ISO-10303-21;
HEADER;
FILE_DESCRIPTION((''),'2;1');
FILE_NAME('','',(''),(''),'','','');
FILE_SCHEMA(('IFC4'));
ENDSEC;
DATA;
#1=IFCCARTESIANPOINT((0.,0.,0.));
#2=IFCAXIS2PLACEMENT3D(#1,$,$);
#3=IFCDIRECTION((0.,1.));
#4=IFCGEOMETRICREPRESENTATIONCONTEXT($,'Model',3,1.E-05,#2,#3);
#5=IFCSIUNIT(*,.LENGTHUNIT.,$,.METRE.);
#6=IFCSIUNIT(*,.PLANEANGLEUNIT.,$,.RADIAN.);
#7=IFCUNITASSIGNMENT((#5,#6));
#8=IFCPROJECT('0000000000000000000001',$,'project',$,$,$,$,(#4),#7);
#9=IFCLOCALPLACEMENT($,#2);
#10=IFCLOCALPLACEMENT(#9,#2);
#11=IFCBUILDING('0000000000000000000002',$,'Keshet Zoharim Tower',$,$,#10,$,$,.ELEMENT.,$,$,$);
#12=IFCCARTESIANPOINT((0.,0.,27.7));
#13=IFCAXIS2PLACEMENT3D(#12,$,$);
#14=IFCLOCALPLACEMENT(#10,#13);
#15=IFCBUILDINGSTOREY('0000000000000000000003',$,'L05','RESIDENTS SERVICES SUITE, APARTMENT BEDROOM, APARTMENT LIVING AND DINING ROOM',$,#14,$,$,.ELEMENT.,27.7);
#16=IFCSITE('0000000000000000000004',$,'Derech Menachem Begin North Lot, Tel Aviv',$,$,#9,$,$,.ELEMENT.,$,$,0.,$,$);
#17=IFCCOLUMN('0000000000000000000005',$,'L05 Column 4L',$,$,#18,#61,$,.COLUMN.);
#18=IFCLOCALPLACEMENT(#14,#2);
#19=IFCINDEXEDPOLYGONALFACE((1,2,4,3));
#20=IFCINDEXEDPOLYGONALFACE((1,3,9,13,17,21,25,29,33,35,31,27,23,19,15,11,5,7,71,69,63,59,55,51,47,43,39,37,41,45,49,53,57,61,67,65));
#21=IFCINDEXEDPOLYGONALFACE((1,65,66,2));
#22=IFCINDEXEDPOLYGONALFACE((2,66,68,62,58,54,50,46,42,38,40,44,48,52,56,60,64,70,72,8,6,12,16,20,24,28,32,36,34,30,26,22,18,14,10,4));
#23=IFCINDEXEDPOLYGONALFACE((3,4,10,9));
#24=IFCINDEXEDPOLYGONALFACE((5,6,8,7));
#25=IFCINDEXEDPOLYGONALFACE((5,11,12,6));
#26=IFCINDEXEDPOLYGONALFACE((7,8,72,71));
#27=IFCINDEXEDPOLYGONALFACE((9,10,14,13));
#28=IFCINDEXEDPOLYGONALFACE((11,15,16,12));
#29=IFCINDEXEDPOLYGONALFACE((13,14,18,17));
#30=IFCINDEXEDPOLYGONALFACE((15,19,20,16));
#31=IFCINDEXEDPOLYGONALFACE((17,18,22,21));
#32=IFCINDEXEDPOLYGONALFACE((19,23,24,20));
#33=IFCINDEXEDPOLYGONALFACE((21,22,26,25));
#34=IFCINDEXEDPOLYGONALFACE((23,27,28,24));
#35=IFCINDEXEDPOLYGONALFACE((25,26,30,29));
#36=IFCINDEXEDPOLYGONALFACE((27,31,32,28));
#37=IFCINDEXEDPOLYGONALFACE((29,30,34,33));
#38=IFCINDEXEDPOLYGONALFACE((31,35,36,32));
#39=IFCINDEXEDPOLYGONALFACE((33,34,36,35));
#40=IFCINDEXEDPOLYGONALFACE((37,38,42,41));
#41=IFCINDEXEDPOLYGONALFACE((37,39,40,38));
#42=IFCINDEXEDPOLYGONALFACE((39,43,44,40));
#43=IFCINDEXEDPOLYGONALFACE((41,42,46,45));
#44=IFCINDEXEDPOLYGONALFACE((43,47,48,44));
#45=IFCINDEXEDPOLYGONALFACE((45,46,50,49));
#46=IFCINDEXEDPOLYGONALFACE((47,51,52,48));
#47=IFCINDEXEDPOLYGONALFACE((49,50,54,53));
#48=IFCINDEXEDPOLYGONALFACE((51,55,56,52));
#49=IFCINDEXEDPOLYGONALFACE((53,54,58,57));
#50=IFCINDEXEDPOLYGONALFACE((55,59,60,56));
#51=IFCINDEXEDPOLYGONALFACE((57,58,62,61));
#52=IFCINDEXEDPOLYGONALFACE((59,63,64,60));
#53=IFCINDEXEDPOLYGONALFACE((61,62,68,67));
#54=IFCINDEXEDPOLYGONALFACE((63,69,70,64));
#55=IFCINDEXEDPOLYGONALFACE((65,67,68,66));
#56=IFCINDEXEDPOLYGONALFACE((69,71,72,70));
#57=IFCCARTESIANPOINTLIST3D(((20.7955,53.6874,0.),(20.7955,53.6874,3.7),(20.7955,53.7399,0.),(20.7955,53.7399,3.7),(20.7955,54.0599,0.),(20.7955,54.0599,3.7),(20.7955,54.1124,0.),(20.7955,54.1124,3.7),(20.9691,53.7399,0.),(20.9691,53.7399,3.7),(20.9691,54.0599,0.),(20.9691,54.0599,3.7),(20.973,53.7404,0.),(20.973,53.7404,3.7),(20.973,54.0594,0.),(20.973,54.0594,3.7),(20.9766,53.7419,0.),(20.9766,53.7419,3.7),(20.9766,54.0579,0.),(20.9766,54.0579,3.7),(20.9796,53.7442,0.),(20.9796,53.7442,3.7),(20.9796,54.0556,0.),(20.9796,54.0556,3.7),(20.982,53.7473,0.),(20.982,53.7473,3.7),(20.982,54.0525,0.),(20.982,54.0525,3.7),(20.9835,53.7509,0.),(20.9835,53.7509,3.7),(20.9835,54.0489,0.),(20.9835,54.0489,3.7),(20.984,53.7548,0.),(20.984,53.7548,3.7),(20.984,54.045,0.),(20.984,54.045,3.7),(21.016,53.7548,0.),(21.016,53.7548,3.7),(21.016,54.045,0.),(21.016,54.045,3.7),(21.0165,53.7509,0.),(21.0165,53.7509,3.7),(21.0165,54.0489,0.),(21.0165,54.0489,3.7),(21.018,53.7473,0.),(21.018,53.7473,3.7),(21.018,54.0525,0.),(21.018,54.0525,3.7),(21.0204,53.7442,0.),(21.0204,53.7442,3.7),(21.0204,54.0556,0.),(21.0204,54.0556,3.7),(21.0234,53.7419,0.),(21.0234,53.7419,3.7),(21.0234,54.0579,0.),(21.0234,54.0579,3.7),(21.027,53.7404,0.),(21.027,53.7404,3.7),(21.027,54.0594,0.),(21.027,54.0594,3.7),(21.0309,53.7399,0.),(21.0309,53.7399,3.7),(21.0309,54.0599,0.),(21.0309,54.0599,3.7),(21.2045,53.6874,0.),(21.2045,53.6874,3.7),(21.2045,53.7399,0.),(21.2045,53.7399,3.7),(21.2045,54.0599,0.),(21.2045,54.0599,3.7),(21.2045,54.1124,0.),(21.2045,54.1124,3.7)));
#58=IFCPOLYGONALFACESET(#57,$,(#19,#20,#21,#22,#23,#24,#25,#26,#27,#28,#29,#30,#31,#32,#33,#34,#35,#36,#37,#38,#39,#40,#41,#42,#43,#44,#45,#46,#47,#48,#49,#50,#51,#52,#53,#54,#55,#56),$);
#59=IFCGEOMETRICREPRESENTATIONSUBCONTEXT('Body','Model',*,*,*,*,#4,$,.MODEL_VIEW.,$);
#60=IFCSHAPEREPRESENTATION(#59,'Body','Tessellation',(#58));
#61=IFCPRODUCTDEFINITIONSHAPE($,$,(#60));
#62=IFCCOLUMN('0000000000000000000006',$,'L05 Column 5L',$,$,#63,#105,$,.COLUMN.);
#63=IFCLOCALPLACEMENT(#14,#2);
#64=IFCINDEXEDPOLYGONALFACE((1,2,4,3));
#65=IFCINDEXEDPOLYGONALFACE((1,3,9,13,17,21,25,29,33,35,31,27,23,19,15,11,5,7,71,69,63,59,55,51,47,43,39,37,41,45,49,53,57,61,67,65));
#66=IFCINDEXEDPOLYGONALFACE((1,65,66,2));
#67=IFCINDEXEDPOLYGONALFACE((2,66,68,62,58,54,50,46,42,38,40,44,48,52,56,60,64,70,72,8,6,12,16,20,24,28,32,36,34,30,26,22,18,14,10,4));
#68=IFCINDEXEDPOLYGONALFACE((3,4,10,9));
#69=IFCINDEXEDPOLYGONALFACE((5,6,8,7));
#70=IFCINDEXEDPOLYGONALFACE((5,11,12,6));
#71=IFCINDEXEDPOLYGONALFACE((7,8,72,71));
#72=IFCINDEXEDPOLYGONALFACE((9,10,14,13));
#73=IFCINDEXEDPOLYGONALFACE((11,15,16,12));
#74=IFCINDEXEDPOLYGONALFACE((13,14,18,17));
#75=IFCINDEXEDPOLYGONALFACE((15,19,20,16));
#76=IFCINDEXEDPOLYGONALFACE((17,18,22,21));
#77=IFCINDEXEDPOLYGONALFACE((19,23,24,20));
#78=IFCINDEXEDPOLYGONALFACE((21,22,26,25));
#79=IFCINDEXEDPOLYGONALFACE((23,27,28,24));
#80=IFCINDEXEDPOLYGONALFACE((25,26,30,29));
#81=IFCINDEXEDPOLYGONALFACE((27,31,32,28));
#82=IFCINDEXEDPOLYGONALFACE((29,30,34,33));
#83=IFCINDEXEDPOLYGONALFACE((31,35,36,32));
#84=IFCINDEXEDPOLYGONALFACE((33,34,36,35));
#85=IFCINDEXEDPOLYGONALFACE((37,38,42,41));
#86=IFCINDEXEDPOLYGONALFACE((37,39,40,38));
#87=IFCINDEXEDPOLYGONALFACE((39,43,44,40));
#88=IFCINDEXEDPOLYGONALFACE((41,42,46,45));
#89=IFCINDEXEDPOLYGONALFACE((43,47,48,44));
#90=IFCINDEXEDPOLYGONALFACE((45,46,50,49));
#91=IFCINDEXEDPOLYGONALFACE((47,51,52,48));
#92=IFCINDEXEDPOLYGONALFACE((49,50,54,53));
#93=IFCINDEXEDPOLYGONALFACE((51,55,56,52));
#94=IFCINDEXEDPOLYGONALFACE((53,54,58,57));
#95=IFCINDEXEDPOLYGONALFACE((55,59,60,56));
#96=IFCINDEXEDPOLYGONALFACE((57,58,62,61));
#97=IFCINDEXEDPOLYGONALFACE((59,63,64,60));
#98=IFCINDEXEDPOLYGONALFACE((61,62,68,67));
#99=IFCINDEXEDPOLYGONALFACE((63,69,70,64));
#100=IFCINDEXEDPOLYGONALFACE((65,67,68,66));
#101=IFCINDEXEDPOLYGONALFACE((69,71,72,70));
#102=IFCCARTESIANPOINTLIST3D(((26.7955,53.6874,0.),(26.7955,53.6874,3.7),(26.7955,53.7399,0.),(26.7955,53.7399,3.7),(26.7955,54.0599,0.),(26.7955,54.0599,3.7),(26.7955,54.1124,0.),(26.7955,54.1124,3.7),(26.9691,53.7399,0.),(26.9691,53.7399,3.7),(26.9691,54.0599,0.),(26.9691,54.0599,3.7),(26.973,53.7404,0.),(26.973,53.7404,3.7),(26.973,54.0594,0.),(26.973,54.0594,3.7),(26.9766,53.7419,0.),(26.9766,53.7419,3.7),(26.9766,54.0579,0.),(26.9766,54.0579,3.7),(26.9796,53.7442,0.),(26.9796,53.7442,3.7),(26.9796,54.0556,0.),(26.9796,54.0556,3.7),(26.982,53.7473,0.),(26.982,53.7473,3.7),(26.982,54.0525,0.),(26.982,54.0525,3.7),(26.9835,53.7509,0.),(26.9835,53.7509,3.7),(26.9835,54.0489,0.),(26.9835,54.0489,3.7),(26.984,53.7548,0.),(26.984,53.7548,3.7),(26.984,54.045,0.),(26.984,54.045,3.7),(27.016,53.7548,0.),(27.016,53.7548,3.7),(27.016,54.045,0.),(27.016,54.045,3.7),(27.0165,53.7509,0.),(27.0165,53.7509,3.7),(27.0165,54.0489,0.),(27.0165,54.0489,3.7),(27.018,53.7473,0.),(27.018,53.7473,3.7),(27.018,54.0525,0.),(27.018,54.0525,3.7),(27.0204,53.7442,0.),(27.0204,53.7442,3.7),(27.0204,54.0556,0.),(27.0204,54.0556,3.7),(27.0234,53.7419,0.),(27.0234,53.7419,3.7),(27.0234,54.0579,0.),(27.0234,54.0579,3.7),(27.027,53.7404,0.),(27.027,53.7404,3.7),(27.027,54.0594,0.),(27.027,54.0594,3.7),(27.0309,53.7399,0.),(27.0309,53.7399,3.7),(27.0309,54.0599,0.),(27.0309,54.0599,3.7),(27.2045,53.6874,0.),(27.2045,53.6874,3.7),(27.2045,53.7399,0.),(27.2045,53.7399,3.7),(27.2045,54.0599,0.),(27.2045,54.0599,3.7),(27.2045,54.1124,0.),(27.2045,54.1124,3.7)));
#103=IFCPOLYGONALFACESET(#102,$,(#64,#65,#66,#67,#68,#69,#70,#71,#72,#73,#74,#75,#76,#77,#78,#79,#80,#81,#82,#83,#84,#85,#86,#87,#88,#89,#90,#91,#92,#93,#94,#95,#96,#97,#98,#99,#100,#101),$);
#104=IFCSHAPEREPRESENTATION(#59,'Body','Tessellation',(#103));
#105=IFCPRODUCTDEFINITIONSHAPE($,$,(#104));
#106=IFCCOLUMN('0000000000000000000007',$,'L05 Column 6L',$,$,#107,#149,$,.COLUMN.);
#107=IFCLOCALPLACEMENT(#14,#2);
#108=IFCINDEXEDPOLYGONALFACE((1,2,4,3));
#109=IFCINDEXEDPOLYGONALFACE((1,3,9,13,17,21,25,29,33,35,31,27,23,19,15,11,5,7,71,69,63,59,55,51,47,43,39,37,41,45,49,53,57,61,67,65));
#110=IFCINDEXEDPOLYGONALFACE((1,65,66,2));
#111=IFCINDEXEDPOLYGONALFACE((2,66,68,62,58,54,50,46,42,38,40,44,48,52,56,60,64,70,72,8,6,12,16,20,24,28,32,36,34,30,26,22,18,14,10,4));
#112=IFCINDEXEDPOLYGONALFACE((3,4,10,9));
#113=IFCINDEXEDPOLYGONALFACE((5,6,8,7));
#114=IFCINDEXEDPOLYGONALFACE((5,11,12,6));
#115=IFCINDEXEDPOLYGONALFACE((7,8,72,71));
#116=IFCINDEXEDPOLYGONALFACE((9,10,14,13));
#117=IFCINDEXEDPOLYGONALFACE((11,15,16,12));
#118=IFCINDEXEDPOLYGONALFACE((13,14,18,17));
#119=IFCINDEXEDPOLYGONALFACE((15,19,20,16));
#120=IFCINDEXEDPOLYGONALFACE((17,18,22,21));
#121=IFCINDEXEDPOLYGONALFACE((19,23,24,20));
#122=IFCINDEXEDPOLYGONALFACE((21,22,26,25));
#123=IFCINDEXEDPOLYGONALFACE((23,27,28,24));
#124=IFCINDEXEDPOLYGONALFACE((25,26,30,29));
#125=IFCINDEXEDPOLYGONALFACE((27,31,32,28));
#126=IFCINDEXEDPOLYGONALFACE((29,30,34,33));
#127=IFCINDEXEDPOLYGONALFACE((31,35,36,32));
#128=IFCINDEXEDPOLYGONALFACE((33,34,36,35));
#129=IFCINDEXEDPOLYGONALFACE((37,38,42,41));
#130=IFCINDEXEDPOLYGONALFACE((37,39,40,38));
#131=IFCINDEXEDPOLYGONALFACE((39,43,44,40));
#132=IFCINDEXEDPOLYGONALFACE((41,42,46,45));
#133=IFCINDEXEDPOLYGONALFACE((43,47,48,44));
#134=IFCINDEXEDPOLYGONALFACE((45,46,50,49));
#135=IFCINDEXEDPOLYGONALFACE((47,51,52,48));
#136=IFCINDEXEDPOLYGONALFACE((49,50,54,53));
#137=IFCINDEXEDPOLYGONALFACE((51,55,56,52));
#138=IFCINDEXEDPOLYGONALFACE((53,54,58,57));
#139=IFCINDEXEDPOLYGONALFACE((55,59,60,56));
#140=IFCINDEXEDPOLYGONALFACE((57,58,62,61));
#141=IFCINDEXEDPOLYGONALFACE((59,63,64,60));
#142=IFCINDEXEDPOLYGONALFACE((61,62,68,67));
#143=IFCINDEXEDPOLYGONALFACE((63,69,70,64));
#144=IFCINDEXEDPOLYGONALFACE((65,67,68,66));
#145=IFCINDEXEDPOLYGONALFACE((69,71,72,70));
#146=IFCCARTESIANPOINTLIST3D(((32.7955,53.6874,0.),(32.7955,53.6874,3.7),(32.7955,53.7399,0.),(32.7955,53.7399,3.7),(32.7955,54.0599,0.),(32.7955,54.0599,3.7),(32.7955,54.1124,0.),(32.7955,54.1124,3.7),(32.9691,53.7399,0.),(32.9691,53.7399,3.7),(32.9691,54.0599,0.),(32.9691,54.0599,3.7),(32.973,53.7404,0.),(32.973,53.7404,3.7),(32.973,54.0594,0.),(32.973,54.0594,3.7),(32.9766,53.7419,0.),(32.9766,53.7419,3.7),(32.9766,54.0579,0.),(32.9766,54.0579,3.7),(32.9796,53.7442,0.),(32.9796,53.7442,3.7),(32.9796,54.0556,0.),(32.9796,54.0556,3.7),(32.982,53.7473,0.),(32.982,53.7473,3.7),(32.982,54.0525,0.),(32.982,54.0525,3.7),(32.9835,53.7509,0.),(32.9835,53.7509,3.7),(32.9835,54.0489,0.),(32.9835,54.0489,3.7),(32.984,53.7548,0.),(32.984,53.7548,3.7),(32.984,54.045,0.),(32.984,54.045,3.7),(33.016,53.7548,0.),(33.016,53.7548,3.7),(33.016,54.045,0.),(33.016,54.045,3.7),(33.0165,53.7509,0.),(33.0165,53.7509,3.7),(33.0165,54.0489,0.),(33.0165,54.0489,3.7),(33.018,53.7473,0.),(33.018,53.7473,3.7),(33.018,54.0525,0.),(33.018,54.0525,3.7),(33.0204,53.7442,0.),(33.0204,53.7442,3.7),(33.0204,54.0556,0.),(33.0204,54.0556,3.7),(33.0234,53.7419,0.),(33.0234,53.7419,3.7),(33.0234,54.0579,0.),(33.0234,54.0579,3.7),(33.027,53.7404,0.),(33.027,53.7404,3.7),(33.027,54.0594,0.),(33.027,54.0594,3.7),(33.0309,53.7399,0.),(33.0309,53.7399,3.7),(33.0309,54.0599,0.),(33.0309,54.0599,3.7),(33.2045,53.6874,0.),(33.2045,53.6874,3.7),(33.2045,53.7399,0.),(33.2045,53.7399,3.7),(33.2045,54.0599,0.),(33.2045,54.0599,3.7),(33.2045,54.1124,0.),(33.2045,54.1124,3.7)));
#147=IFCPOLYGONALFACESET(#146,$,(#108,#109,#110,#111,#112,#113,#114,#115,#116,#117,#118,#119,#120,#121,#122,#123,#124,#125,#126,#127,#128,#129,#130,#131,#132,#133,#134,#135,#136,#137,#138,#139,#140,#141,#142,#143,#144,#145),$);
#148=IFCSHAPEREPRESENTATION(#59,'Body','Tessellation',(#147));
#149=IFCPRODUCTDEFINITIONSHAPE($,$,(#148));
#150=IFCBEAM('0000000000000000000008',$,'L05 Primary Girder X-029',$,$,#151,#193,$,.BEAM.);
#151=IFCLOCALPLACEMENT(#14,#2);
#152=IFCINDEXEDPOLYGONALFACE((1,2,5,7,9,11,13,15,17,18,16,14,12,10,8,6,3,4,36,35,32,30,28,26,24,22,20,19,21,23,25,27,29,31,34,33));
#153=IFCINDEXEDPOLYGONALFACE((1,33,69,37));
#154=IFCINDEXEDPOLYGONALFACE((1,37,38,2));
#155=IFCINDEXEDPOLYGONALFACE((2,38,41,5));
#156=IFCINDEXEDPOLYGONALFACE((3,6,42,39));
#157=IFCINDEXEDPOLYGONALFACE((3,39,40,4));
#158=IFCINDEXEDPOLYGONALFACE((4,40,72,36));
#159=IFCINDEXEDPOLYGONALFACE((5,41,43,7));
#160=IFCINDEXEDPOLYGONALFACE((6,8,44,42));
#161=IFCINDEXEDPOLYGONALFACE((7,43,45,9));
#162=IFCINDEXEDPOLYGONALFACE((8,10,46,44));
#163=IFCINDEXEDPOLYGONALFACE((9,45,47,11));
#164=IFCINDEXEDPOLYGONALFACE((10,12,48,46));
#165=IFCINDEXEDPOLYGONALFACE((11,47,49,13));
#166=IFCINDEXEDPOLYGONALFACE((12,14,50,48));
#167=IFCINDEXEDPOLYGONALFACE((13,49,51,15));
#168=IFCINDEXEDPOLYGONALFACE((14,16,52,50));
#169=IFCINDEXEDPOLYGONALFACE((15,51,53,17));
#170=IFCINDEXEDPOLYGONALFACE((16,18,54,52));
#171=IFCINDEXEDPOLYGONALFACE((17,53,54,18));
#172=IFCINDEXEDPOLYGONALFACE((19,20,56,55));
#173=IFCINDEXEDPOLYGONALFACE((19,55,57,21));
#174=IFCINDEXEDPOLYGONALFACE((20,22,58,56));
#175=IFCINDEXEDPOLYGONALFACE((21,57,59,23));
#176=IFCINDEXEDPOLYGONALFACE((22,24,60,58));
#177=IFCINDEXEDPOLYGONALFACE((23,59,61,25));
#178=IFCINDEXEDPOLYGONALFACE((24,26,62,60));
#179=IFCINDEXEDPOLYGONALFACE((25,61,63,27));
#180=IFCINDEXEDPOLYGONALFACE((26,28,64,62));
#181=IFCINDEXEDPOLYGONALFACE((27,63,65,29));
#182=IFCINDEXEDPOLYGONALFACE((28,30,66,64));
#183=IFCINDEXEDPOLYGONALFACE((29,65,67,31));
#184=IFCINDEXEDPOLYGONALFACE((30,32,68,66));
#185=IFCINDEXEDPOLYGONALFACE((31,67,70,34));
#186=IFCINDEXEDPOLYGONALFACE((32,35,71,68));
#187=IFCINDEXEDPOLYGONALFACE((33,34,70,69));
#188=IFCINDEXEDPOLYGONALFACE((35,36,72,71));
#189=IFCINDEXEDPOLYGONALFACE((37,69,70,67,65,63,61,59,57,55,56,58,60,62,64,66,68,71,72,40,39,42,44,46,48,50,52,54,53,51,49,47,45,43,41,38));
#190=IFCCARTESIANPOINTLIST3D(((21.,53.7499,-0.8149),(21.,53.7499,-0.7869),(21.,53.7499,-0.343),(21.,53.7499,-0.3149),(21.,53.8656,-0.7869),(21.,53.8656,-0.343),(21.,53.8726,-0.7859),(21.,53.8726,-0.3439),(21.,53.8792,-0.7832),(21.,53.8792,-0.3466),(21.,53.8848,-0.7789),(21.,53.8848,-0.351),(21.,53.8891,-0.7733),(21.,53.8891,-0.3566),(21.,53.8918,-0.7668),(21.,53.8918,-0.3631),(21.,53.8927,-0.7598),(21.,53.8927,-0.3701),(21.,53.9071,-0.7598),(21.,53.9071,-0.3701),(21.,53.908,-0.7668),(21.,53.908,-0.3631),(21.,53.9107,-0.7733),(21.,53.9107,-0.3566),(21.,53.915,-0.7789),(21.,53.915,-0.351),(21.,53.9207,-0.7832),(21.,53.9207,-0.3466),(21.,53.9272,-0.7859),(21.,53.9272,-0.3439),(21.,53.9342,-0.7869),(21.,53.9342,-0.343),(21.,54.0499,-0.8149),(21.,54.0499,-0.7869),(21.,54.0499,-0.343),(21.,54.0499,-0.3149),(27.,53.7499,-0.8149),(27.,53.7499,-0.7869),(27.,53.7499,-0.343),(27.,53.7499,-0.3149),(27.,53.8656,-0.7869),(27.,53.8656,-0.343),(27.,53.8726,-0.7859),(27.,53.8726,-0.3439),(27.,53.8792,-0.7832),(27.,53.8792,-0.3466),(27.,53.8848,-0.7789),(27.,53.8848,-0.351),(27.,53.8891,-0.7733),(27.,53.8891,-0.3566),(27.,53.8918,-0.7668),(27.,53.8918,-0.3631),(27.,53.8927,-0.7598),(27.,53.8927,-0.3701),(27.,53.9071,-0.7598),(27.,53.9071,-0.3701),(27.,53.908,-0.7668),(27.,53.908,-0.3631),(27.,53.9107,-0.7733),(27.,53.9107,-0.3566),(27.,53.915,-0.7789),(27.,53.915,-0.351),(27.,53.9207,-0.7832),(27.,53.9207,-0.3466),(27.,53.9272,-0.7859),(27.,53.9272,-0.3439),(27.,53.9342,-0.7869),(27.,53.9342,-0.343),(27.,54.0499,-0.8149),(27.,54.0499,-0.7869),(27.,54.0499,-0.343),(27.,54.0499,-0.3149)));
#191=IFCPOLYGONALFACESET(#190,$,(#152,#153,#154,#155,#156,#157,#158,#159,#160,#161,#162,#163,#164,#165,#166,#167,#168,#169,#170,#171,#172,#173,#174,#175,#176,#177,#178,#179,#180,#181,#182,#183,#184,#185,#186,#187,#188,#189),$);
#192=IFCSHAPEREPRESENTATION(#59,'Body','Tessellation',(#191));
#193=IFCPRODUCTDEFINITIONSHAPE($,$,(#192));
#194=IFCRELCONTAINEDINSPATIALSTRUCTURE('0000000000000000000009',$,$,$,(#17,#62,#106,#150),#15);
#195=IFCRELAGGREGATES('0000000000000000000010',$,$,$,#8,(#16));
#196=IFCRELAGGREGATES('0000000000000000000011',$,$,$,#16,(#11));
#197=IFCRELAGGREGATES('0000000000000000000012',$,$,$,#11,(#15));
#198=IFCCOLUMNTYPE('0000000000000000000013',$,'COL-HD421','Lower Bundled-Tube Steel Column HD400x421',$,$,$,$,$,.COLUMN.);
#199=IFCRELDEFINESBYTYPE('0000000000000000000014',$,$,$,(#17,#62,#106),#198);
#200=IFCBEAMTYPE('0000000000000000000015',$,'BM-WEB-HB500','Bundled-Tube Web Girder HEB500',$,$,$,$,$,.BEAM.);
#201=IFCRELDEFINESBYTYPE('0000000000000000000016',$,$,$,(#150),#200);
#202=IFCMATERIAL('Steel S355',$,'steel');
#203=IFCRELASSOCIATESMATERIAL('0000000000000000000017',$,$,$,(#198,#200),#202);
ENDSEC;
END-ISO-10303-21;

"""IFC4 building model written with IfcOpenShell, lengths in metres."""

from ifc_helpers import new_model, si_unit, direction, frame, origin, origin_2d, place, context, subcontext, project, spatial, i_section, extrude, material, material_profile, profile_set, type_object, element, save


model = new_model("IFC4")

# Units and contexts
model_context = context("Model", 3, precision=1e-05, world=origin(), true_north=direction((0.0, 1.0)))
body_context = subcontext(model_context, "Body", "Model", "MODEL_VIEW")
ifc_project = project(units=[si_unit("LENGTHUNIT", "METRE"), si_unit("PLANEANGLEUNIT", "RADIAN")], contexts=[model_context])

# Site, building, storey
site_placement = place(None, origin())
site = spatial("IfcSite", under=ifc_project, at=site_placement, Name="Derech Menachem Begin North Lot, Tel Aviv", CompositionType="ELEMENT", RefElevation=0.0)
building_placement = place(site_placement, origin())
building = spatial("IfcBuilding", under=site, at=building_placement, Name="Keshet Zoharim Tower", CompositionType="ELEMENT")
storey_placement = place(building_placement, frame((0.0, 0.0, 27.7)))
storey = spatial("IfcBuildingStorey", under=building, at=storey_placement, Name="L05", Description="RESIDENTS SERVICES SUITE, APARTMENT BEDROOM, APARTMENT LIVING AND DINING ROOM", CompositionType="ELEMENT", Elevation=27.7)

# Columns
ifc_material_1 = material(Name="Steel S355", Category="steel")
ifc_material_profile_1 = material_profile(ifc_material_1, i_section(OverallWidth=0.4089, OverallDepth=0.425, WebThickness=0.032, FlangeThickness=0.0525, FilletRadius=0.0149, at=origin_2d()), Name="HD400x421")
ifc_profile_set_1 = profile_set([ifc_material_profile_1], Name="Steel S355")
column_type = type_object("IfcColumnType", Name="COL-HD421", Description="Lower Bundled-Tube Steel Column HD400x421", PredefinedType="COLUMN", material=ifc_profile_set_1)
for number, where, z_axis, x_axis, name in (
    (1, (21.0, 53.8999, 0.0), (0.0, 0.0, 1.0), (1.0, 0.0, 0.0), "L05 Column 4L"),
    (2, (27.0, 53.8999, 0.0), (0.0, 0.0, 1.0), (1.0, 0.0, 0.0), "L05 Column 5L"),
    (3, (33.0, 53.8999, 0.0), (0.0, 0.0, 1.0), (1.0, 0.0, 0.0), "L05 Column 6L"),
):
    element("IfcColumn", number, at=place(storey_placement, frame(where, z_axis=z_axis, x_axis=x_axis)), inside=storey, type_object=column_type, Name=name, PredefinedType="COLUMN", context=body_context, shape_type="SweptSolid", body=[
        extrude(i_section(OverallWidth=0.4089, OverallDepth=0.425, WebThickness=0.032, FlangeThickness=0.0525, FilletRadius=0.0149, at=origin_2d()), origin(), (0.0, 0.0, 1.0), 3.7),
    ])

# Beam
ifc_material_profile_2 = material_profile(ifc_material_1, i_section(OverallWidth=0.3, OverallDepth=0.5, WebThickness=0.0144, FlangeThickness=0.0281, FilletRadius=0.0271, at=origin_2d()), Name="HEB500")
ifc_profile_set_2 = profile_set([ifc_material_profile_2], Name="Steel S355")
beam_type = type_object("IfcBeamType", Name="BM-WEB-HB500", Description="Bundled-Tube Web Girder HEB500", PredefinedType="BEAM", material=ifc_profile_set_2)
for number, where, z_axis, x_axis, name in (
    (4, (21.0, 53.8999, -0.5649), (1.0, 0.0, 0.0), (0.0, 1.0, 0.0), "L05 Primary Girder X-029"),
):
    element("IfcBeam", number, at=place(storey_placement, frame(where, z_axis=z_axis, x_axis=x_axis)), inside=storey, type_object=beam_type, Name=name, PredefinedType="BEAM", context=body_context, shape_type="SweptSolid", body=[
        extrude(i_section(OverallWidth=0.3, OverallDepth=0.5, WebThickness=0.0144, FlangeThickness=0.0281, FilletRadius=0.0271, at=origin_2d()), origin(), (0.0, 0.0, 1.0), 6.0),
    ])

save(model, "model.ifc")
